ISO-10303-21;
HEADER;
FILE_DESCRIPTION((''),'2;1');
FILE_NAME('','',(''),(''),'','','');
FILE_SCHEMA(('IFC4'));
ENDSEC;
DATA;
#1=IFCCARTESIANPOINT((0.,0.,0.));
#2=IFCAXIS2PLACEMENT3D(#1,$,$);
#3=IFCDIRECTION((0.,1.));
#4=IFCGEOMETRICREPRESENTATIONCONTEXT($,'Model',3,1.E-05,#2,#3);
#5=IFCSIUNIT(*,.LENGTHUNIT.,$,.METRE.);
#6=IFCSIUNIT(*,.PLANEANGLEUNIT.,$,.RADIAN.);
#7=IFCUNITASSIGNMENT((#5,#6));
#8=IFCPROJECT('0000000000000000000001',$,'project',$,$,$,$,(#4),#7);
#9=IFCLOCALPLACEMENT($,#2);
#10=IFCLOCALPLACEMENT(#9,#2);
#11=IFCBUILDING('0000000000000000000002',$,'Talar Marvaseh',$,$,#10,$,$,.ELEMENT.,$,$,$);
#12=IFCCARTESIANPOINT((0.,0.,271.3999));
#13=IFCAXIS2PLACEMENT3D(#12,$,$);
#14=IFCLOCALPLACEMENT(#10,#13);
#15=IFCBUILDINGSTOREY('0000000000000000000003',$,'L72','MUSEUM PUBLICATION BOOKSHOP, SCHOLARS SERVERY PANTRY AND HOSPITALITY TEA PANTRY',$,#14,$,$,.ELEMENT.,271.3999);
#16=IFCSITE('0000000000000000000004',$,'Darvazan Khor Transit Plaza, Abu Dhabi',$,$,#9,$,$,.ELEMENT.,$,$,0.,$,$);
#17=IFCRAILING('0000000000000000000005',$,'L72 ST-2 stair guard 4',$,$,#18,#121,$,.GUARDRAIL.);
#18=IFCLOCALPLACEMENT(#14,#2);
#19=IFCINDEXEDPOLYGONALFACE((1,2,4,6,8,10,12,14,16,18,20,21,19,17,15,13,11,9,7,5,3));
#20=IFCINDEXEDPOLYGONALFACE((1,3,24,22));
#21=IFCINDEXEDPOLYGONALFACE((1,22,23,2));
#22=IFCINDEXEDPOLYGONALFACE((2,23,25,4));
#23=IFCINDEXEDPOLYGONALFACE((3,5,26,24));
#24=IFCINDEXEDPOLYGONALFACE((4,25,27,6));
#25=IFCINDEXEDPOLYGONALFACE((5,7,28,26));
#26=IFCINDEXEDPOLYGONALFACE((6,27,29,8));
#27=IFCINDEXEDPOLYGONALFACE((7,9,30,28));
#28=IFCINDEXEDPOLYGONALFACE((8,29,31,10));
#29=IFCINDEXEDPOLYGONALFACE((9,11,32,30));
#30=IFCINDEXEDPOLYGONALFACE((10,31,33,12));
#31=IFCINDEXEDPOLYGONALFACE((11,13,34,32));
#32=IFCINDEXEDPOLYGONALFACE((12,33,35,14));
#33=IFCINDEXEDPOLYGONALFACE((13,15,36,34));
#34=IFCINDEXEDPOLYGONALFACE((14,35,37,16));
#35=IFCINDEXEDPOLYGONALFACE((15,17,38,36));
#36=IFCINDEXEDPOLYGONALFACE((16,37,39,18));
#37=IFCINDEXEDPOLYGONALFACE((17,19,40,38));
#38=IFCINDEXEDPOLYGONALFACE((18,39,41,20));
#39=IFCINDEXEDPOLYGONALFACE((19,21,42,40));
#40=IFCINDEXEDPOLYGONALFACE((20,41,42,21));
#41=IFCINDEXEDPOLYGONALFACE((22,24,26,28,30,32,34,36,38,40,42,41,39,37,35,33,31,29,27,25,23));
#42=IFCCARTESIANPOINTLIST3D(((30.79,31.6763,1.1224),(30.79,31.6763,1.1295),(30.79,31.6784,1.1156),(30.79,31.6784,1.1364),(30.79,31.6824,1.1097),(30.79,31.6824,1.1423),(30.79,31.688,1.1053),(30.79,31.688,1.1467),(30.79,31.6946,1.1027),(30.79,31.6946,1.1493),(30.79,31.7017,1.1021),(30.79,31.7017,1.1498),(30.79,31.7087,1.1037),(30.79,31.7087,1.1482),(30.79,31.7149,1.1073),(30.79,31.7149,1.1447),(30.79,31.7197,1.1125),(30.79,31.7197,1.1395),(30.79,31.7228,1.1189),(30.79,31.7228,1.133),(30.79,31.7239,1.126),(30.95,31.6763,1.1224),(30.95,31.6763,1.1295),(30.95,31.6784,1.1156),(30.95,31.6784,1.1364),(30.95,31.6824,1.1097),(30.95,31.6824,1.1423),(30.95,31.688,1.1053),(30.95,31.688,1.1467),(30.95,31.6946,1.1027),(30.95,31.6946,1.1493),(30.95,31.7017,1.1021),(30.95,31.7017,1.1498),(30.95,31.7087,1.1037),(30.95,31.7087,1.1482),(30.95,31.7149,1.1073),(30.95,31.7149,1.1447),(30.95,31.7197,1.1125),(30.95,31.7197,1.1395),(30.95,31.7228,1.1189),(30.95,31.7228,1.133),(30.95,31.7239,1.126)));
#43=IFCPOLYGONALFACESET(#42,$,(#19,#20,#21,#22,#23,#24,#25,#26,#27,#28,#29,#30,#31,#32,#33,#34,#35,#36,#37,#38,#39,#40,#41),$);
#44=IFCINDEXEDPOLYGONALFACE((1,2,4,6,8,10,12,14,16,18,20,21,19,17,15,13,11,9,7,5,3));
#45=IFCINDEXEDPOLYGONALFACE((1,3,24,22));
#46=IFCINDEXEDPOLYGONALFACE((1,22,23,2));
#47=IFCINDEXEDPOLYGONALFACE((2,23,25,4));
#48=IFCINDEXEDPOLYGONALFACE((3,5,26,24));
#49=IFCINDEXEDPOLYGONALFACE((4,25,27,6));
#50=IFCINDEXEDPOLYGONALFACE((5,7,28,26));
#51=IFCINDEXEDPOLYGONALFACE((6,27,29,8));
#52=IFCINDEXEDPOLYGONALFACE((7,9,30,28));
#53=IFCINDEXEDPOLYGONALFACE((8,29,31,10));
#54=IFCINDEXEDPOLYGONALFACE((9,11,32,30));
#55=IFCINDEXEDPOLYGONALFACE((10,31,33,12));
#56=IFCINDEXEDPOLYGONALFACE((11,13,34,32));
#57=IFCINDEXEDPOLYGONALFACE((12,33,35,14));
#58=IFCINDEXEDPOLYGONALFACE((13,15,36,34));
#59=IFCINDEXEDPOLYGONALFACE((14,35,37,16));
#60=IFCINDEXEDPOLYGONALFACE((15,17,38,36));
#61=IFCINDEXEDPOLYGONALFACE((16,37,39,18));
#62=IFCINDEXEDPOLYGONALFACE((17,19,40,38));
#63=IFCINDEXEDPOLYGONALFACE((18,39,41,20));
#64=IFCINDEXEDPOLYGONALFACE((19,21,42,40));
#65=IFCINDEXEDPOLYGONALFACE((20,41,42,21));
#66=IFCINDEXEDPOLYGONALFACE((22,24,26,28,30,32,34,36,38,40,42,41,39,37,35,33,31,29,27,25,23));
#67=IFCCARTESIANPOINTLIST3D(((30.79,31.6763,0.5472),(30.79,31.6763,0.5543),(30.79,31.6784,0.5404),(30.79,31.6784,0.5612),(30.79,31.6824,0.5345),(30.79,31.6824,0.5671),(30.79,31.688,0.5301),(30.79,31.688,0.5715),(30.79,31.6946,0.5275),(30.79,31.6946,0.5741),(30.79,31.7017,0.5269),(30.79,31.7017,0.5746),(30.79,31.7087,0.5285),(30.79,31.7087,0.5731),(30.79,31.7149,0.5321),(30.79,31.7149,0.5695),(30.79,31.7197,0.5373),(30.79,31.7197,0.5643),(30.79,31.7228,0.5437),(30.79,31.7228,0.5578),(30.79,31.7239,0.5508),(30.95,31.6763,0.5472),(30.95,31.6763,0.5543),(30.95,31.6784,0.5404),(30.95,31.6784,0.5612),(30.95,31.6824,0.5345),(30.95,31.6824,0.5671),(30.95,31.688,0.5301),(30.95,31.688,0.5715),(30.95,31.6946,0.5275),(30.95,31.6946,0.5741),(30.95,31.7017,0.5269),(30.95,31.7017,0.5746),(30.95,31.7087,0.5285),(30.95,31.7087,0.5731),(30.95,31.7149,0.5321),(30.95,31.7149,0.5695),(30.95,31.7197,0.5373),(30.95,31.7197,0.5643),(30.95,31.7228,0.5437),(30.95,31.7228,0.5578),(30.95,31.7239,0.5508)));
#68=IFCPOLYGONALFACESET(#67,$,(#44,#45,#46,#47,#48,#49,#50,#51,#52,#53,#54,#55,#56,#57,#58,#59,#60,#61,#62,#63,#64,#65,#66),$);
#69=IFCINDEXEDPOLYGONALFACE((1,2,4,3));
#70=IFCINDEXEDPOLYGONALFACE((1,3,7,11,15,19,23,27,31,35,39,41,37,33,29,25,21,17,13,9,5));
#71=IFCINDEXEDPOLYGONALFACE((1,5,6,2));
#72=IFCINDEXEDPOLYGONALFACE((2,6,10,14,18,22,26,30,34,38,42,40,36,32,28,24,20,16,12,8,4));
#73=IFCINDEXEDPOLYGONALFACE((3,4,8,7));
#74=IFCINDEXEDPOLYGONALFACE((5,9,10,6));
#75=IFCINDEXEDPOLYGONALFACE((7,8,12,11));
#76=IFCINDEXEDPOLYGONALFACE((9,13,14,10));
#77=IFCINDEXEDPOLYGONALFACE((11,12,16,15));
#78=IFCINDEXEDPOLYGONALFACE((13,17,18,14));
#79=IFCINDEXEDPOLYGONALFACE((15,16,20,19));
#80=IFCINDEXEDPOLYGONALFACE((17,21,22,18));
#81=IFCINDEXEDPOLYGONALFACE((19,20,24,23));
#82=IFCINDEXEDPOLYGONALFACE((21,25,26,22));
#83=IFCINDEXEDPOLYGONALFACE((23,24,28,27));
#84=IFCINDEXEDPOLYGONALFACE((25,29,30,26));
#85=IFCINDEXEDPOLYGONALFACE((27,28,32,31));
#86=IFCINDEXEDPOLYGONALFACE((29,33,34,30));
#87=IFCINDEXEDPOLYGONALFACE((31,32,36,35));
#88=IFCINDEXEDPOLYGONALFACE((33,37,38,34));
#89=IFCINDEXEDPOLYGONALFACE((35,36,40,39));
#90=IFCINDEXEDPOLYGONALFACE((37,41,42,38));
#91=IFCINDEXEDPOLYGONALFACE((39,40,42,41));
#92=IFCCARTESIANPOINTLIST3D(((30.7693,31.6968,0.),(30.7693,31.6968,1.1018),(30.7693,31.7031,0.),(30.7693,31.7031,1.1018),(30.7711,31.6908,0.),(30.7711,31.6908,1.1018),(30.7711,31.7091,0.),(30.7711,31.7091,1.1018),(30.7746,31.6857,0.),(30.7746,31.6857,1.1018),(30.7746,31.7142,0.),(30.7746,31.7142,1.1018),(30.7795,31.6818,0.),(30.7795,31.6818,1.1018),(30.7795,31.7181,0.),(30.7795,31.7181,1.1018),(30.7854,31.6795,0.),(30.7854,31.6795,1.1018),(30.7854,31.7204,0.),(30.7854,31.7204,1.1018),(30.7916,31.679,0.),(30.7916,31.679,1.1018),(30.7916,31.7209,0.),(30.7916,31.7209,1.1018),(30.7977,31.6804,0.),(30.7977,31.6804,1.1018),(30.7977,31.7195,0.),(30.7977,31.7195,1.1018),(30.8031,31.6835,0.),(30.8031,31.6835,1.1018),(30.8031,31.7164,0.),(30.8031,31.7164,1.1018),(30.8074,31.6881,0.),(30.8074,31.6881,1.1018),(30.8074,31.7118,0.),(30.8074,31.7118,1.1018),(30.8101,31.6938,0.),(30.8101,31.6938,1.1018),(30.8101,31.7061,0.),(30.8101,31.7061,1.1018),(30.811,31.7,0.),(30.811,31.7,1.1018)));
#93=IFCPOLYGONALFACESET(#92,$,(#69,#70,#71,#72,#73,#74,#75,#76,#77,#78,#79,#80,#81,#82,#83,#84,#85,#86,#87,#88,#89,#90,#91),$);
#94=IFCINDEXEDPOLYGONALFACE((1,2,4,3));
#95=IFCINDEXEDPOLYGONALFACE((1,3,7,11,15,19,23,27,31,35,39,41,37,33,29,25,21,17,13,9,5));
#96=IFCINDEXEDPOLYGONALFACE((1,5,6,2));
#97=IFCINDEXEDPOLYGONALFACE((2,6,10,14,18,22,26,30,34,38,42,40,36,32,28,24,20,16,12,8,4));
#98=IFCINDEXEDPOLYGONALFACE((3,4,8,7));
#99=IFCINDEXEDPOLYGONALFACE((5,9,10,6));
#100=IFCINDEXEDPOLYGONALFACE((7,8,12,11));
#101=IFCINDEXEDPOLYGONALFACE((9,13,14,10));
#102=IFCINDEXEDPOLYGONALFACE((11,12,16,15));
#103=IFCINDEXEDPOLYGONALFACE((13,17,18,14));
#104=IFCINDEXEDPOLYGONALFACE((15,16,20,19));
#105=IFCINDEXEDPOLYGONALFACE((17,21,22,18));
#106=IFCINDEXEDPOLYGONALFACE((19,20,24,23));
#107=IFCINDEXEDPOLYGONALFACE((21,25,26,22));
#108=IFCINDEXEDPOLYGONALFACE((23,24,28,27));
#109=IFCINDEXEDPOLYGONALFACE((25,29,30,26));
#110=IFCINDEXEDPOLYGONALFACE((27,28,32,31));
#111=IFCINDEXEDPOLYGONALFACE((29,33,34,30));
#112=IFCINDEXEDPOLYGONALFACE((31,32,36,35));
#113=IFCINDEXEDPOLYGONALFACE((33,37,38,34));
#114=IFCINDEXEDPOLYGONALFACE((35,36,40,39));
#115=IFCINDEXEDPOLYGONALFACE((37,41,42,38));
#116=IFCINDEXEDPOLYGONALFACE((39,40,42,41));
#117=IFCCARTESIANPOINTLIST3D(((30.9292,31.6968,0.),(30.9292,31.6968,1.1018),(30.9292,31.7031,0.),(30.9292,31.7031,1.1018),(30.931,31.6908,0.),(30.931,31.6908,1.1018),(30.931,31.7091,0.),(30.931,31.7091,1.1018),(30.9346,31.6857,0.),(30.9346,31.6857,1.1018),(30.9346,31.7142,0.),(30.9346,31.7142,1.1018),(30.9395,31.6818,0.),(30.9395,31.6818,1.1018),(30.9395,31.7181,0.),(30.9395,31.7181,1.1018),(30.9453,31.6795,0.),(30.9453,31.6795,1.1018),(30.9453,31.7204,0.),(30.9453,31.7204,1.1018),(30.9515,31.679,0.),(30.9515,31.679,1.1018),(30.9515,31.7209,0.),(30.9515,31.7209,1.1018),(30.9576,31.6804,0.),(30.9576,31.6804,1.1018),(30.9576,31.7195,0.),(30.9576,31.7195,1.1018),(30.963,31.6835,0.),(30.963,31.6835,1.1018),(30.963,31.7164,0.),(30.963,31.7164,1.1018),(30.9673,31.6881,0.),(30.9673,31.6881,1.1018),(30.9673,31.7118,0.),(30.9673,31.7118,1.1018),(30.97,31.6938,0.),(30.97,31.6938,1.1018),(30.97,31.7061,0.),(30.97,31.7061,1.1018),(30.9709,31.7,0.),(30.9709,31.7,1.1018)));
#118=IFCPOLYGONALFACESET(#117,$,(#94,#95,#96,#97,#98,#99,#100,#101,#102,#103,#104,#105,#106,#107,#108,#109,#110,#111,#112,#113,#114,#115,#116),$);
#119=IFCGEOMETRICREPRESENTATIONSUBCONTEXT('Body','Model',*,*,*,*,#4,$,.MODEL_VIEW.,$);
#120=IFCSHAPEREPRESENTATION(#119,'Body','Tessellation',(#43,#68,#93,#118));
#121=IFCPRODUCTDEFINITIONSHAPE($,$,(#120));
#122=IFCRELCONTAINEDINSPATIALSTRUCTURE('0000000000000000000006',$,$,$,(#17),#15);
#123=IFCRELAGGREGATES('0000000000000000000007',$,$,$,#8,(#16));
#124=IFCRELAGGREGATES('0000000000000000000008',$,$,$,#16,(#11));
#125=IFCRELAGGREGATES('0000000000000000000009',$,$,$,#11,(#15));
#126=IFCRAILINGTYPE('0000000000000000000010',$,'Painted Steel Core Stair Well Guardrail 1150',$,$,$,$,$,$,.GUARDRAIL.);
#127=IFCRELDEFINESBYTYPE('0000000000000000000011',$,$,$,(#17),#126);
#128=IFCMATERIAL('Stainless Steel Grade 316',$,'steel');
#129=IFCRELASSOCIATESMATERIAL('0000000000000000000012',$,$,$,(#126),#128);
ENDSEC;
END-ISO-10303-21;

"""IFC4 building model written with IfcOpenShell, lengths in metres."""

from ifc_helpers import new_model, si_unit, direction, frame, origin, origin_2d, place, context, subcontext, project, spatial, circle, extrude, material, type_object, element, save


model = new_model("IFC4")

# Units and contexts
model_context = context("Model", 3, precision=1e-05, world=origin(), true_north=direction((0.0, 1.0)))
body_context = subcontext(model_context, "Body", "Model", "MODEL_VIEW")
ifc_project = project(units=[si_unit("LENGTHUNIT", "METRE"), si_unit("PLANEANGLEUNIT", "RADIAN")], contexts=[model_context])

# Site, building, storey
site_placement = place(None, origin())
site = spatial("IfcSite", under=ifc_project, at=site_placement, Name="Darvazan Khor Transit Plaza, Abu Dhabi", CompositionType="ELEMENT", RefElevation=0.0)
building_placement = place(site_placement, origin())
building = spatial("IfcBuilding", under=site, at=building_placement, Name="Talar Marvaseh", CompositionType="ELEMENT")
storey_placement = place(building_placement, frame((0.0, 0.0, 271.3999)))
storey = spatial("IfcBuildingStorey", under=building, at=storey_placement, Name="L72", Description="MUSEUM PUBLICATION BOOKSHOP, SCHOLARS SERVERY PANTRY AND HOSPITALITY TEA PANTRY", CompositionType="ELEMENT", Elevation=271.3999)

# Shared definitions
ifc_material_1 = material(Name="Stainless Steel Grade 316", Category="steel")

# Railing
railing_type_1 = type_object("IfcRailingType", Name="Painted Steel Core Stair Well Guardrail 1150", PredefinedType="GUARDRAIL", material=ifc_material_1)
railing_1_placement = place(storey_placement, frame((30.79, 31.7, 0.0)))
element("IfcRailing", 1, at=railing_1_placement, inside=storey, type_object=railing_type_1, Name="L72 ST-2 stair guard 4", PredefinedType="GUARDRAIL", context=body_context, shape_type="SweptSolid", body=[
    extrude(circle(Radius=0.0239, at=origin_2d()), frame((0.0, 0.0, 1.126), z_axis=(1.0, 0.0, 0.0), x_axis=(0.0, 1.0, 0.0)), (0.0, 0.0, 1.0), 0.1599),
    extrude(circle(Radius=0.0239, at=origin_2d()), frame((0.0, 0.0, 0.5508), z_axis=(1.0, 0.0, 0.0), x_axis=(0.0, 1.0, 0.0)), (0.0, 0.0, 1.0), 0.1599),
    extrude(circle(Radius=0.021, at=origin_2d()), origin(), (0.0, 0.0, 1.0), 1.1018),
    extrude(circle(Radius=0.021, at=origin_2d()), frame((0.1599, 0.0, 0.0)), (0.0, 0.0, 1.0), 1.1018),
])

save(model, "model.ifc")
